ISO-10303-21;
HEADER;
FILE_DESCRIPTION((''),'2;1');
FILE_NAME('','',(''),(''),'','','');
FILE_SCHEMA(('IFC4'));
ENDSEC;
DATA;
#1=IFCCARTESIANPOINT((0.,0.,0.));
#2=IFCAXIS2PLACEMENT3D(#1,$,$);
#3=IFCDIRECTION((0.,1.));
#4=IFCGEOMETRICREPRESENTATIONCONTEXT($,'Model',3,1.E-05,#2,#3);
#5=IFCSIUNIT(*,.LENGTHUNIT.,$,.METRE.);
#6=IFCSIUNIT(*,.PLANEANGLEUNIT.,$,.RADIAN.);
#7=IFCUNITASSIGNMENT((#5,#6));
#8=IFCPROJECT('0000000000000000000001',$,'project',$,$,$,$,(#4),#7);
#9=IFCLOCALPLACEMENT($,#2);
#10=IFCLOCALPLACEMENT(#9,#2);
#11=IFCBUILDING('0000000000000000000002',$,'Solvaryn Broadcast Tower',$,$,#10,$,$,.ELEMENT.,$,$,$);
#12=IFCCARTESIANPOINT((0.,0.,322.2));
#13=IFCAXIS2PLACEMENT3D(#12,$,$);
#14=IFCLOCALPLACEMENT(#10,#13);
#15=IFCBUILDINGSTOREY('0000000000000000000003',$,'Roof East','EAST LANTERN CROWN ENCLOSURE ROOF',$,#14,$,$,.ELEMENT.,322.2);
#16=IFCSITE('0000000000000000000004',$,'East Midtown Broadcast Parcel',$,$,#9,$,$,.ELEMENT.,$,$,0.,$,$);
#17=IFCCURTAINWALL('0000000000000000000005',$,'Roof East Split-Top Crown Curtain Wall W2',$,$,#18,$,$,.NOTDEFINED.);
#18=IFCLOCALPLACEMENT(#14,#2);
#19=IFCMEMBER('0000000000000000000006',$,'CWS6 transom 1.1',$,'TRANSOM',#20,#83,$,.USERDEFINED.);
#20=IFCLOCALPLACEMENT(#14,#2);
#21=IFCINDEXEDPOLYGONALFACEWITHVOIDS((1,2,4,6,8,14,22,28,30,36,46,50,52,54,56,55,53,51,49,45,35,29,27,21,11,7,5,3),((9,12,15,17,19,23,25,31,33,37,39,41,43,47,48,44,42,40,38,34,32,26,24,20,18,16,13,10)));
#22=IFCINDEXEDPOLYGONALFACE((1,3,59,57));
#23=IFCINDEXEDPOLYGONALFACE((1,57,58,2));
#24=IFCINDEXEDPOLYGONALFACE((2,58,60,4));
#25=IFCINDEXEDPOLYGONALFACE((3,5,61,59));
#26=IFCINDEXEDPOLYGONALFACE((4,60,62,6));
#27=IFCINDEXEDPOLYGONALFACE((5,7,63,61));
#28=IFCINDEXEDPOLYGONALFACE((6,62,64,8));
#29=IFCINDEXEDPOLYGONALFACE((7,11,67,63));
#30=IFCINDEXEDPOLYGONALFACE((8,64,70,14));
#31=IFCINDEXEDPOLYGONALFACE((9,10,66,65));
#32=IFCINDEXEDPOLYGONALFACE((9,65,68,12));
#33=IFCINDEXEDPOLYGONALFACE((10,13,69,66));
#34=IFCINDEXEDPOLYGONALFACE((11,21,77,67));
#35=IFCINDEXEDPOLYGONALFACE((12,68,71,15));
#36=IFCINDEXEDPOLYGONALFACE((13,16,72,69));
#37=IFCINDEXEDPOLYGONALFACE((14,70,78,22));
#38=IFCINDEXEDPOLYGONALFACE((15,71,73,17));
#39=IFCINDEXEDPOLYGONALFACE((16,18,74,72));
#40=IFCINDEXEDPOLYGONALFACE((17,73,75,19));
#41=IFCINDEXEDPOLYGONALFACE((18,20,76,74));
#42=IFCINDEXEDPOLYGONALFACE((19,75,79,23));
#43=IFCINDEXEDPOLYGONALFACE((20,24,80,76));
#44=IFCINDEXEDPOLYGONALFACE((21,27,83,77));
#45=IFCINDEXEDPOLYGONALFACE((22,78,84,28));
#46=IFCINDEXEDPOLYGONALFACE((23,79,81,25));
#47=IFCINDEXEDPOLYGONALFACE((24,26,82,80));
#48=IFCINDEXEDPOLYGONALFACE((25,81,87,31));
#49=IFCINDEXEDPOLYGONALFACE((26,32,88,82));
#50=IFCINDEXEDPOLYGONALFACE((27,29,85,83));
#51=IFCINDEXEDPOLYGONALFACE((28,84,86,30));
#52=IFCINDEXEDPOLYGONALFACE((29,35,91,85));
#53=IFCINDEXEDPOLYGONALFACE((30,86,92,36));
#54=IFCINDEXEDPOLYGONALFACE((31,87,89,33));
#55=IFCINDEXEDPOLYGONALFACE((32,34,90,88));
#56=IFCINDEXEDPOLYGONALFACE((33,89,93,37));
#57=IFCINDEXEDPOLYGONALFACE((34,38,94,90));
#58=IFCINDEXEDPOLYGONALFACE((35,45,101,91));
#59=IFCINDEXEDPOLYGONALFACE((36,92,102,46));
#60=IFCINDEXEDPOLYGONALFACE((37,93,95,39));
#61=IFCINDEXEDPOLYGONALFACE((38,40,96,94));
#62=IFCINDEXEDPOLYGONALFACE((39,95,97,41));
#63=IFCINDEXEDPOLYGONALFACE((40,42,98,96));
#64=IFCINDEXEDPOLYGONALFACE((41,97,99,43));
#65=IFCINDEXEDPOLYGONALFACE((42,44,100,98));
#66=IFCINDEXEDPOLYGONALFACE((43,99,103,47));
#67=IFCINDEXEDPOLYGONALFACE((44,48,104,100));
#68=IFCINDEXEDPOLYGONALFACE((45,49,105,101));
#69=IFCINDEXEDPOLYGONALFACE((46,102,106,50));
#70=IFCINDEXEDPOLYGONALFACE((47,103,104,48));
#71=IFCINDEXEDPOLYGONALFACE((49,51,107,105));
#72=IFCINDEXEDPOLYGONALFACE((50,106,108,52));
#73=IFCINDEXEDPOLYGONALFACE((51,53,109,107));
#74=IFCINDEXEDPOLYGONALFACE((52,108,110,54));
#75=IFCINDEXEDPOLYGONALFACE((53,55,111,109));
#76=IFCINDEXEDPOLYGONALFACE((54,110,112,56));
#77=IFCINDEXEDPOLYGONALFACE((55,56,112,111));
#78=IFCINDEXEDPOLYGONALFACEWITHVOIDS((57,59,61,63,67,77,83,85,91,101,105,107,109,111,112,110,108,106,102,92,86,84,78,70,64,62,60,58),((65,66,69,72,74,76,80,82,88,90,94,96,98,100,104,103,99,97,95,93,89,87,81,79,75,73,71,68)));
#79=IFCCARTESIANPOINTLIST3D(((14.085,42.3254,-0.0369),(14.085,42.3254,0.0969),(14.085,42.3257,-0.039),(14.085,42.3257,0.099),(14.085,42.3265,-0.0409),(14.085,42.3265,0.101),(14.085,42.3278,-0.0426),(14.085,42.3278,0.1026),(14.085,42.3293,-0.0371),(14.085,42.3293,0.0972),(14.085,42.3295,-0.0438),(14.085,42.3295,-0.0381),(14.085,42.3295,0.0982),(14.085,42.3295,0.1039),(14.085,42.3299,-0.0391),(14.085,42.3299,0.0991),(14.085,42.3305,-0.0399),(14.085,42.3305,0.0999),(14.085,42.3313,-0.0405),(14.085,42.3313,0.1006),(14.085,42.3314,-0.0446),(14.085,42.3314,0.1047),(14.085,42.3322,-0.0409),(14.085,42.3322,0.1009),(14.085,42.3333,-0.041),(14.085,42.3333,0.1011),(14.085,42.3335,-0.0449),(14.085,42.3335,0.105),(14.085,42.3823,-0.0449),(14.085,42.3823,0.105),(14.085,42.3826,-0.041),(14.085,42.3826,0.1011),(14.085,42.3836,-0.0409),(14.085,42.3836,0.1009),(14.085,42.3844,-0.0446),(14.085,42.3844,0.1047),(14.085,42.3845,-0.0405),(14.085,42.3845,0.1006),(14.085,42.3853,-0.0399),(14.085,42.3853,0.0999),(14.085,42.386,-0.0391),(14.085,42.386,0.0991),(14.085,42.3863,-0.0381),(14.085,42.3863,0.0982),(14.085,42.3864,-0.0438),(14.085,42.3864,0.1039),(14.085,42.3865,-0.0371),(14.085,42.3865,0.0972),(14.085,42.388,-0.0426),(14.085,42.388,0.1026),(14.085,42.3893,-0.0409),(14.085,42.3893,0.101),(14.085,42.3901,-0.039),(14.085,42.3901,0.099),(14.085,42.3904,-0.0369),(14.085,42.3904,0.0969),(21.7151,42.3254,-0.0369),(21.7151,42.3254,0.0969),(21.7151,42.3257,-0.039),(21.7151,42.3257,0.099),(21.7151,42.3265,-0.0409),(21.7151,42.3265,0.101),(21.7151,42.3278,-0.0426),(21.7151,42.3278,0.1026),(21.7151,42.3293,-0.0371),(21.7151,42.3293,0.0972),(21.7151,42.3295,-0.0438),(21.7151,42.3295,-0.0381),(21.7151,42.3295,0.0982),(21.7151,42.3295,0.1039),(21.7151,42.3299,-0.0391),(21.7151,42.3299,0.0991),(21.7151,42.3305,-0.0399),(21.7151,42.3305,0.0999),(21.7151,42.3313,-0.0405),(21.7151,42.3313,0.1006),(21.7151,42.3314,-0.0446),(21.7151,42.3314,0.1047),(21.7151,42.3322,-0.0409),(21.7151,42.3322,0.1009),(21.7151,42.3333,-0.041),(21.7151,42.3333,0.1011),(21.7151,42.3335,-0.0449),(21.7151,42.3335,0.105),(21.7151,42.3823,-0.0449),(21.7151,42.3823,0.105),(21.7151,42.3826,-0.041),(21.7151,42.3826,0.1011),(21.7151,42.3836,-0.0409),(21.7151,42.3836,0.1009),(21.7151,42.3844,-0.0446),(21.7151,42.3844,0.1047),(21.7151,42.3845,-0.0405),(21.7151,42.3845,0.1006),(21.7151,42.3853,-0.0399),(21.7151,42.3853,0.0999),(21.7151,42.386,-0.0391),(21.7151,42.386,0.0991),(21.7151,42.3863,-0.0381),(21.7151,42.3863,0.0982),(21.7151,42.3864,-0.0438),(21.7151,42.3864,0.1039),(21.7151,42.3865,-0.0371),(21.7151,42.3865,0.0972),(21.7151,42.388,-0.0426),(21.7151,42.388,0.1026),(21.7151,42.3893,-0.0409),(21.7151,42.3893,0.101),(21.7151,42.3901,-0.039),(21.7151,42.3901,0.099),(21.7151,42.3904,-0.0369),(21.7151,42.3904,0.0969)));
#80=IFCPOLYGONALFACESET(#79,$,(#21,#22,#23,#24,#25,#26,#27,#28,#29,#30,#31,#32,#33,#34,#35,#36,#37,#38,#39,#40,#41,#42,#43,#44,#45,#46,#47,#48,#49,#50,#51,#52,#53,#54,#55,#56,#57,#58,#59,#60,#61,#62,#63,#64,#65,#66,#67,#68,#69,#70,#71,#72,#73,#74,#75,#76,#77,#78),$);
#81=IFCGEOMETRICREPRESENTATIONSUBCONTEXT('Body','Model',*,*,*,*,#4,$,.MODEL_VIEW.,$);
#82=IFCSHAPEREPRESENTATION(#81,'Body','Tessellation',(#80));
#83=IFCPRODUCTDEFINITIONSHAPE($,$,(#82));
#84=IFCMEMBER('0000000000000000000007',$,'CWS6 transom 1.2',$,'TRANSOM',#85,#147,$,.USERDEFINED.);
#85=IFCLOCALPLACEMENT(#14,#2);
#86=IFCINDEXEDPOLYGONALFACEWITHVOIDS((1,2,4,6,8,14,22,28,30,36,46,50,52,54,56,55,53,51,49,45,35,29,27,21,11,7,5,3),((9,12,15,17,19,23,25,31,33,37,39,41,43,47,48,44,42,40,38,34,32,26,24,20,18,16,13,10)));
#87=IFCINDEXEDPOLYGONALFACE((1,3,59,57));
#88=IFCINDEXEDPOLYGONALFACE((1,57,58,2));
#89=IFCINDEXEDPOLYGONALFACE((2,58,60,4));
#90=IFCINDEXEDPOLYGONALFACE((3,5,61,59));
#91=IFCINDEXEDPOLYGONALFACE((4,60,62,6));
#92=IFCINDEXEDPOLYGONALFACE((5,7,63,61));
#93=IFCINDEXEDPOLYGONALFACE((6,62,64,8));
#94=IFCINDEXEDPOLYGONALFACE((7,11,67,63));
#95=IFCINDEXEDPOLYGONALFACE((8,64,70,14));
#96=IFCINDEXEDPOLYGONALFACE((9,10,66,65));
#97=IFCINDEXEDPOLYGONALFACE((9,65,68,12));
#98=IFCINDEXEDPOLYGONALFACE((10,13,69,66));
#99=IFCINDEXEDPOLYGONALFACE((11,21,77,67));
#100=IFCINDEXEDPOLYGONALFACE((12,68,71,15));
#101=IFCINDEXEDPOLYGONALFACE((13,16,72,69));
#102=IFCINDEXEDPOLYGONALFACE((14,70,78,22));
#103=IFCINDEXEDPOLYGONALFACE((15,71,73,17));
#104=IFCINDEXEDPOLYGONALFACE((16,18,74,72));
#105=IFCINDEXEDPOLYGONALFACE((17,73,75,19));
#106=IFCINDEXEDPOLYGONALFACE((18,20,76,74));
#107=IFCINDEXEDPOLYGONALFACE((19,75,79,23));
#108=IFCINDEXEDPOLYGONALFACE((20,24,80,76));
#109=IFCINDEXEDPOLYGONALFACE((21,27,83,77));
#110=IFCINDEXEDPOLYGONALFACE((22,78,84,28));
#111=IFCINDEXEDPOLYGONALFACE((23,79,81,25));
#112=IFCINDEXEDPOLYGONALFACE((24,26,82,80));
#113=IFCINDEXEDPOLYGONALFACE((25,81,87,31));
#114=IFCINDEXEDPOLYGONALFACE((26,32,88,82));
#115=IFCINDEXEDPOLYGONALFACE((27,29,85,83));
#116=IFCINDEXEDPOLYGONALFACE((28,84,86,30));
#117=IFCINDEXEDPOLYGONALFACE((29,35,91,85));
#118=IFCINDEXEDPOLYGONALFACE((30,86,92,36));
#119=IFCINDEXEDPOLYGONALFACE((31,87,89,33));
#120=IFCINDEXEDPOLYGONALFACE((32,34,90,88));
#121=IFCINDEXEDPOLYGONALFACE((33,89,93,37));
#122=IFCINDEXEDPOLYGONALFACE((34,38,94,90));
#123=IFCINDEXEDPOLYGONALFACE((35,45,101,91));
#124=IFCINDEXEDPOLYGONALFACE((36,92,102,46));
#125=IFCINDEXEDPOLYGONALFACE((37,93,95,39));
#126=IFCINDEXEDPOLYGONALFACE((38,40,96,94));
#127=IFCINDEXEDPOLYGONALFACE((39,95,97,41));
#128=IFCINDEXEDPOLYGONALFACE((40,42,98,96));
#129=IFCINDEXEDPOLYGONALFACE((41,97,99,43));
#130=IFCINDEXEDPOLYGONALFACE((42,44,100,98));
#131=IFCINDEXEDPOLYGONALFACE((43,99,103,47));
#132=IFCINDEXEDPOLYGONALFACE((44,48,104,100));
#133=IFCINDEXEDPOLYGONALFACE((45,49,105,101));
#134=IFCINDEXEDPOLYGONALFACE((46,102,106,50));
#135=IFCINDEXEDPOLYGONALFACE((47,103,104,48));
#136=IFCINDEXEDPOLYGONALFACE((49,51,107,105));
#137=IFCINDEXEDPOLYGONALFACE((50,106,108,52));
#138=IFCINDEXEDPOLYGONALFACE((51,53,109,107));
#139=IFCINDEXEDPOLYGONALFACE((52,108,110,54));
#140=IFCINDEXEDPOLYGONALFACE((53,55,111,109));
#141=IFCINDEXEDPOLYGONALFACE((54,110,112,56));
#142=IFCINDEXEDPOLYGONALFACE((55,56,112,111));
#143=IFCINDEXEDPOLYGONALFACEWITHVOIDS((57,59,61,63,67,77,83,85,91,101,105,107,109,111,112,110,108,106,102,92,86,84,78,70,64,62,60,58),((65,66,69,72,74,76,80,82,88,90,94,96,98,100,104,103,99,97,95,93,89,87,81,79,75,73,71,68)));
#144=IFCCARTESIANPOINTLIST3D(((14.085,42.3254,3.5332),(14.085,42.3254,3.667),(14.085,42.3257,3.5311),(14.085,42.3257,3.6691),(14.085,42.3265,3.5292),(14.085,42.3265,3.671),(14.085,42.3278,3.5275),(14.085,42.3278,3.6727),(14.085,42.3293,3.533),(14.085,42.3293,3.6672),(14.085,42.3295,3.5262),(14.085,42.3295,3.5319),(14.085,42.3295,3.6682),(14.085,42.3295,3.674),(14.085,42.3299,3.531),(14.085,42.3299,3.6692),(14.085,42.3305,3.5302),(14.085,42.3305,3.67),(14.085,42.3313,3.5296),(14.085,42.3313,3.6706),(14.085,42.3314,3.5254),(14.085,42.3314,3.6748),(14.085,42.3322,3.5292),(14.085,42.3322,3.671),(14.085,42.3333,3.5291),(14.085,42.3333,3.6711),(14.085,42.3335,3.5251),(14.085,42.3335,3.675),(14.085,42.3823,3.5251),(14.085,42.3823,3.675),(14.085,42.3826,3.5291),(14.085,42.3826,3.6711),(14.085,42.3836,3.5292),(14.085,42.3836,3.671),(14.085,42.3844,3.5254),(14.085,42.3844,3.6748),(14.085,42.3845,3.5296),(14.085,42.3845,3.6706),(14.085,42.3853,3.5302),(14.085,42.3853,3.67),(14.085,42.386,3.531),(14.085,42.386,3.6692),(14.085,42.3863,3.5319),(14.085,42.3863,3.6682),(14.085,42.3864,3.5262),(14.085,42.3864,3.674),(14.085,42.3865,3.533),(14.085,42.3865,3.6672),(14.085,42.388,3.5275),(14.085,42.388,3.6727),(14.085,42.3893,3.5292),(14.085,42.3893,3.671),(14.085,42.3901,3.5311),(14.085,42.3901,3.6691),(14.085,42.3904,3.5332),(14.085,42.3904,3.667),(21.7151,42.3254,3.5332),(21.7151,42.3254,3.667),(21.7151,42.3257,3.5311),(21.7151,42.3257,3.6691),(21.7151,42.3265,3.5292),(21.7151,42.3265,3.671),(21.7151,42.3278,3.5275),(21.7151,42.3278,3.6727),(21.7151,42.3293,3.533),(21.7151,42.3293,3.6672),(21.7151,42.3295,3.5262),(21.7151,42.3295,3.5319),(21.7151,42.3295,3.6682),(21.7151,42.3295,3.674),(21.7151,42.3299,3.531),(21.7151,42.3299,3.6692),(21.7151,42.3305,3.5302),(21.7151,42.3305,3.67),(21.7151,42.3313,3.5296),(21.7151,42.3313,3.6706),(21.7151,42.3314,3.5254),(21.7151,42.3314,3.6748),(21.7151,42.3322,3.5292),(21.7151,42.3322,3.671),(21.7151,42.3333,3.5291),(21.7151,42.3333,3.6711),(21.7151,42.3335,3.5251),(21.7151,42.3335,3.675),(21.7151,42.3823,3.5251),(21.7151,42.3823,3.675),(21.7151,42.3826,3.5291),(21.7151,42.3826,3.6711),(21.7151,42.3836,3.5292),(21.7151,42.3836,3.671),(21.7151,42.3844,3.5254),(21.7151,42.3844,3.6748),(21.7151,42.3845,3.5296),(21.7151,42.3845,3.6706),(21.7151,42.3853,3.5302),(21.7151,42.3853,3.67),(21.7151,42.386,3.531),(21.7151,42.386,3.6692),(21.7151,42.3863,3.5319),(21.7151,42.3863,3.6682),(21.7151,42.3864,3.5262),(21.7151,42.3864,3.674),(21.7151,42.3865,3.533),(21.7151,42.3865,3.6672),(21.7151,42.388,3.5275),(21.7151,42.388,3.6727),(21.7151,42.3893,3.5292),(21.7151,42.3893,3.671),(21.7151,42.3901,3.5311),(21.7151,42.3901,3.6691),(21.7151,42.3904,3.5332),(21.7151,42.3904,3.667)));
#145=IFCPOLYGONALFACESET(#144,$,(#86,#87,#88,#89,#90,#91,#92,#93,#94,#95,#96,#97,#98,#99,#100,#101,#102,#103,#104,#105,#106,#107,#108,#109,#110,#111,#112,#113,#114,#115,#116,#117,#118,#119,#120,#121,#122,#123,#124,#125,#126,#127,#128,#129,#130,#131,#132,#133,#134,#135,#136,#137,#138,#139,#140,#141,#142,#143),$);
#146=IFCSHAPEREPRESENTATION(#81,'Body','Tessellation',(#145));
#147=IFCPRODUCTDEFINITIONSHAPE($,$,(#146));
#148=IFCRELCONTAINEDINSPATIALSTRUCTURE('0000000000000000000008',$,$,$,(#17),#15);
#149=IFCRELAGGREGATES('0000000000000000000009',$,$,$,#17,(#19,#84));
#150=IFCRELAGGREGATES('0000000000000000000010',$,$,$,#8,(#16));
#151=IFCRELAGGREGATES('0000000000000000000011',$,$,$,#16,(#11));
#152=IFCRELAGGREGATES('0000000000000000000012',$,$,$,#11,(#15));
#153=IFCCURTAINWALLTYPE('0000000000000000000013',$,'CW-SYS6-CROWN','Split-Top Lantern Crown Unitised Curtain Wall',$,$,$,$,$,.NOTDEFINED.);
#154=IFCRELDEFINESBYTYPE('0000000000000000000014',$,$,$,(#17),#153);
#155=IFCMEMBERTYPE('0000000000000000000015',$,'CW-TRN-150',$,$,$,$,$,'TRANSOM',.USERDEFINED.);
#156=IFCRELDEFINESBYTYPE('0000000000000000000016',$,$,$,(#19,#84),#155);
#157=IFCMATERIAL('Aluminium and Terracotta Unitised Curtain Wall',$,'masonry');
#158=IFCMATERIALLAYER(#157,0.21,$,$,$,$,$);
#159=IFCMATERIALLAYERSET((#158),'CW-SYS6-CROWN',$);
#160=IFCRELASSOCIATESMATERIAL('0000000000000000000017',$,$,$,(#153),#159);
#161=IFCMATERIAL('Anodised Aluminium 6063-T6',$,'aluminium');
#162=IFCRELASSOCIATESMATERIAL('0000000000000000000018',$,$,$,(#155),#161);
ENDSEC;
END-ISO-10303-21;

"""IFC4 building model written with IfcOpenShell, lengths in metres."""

from ifc_helpers import new_model, si_unit, direction, frame, origin, origin_2d, place, context, subcontext, project, spatial, hollow_rectangle, extrude, material, layer, layer_set, material_profile, profile_set, type_object, element, aggregate, save


model = new_model("IFC4")

# Units and contexts
model_context = context("Model", 3, precision=1e-05, world=origin(), true_north=direction((0.0, 1.0)))
body_context = subcontext(model_context, "Body", "Model", "MODEL_VIEW")
ifc_project = project(units=[si_unit("LENGTHUNIT", "METRE"), si_unit("PLANEANGLEUNIT", "RADIAN")], contexts=[model_context])

# Site, building, storey
site_placement = place(None, origin())
site = spatial("IfcSite", under=ifc_project, at=site_placement, Name="East Midtown Broadcast Parcel", CompositionType="ELEMENT", RefElevation=0.0)
building_placement = place(site_placement, origin())
building = spatial("IfcBuilding", under=site, at=building_placement, Name="Solvaryn Broadcast Tower", CompositionType="ELEMENT")
storey_placement = place(building_placement, frame((0.0, 0.0, 322.2)))
storey = spatial("IfcBuildingStorey", under=building, at=storey_placement, Name="Roof East", Description="EAST LANTERN CROWN ENCLOSURE ROOF", CompositionType="ELEMENT", Elevation=322.2)

# Shared definitions
ifc_material_1 = material(Name="Aluminium and Terracotta Unitised Curtain Wall", Category="masonry")
ifc_layer_1 = layer(ifc_material_1, 0.21)
ifc_layer_set_1 = layer_set([ifc_layer_1], Name="CW-SYS6-CROWN")
curtain_wall_type = type_object("IfcCurtainWallType", Name="CW-SYS6-CROWN", Description="Split-Top Lantern Crown Unitised Curtain Wall", PredefinedType="NOTDEFINED", material=ifc_layer_set_1)

# Curtain wall
curtain_wall_1_placement = place(storey_placement, origin())
curtain_wall_1 = element("IfcCurtainWall", 1, at=curtain_wall_1_placement, inside=storey, type_object=curtain_wall_type, Name="Roof East Split-Top Crown Curtain Wall W2", PredefinedType="NOTDEFINED")

# Members
ifc_material_2 = material(Name="Anodised Aluminium 6063-T6", Category="aluminium")
ifc_material_profile_1 = material_profile(ifc_material_2, hollow_rectangle(XDim=0.0649, YDim=0.1499, WallThickness=0.0039, InnerFilletRadius=0.0039, OuterFilletRadius=0.0081, at=origin_2d()))
ifc_profile_set_1 = profile_set([ifc_material_profile_1], Name="Anodised Aluminium 6063-T6")
member_type_1 = type_object("IfcMemberType", Name="CW-TRN-150", ElementType="TRANSOM", PredefinedType="USERDEFINED", material=ifc_profile_set_1)
member_1_placement = place(storey_placement, frame((21.7151, 42.3579, 0.03), z_axis=(-1.0, 0.0, 0.0), x_axis=(0.0, -1.0, 0.0)))
member_1 = element("IfcMember", 2, at=member_1_placement, type_object=member_type_1, Name="CWS6 transom 1.1", ObjectType="TRANSOM", PredefinedType="USERDEFINED", context=body_context, shape_type="SweptSolid", body=[
    extrude(hollow_rectangle(XDim=0.0649, YDim=0.1499, WallThickness=0.0039, InnerFilletRadius=0.0039, OuterFilletRadius=0.0081, at=origin_2d()), origin(), (0.0, 0.0, 1.0), 7.6301),
])
member_2_placement = place(storey_placement, frame((21.7151, 42.3579, 3.6001), z_axis=(-1.0, 0.0, 0.0), x_axis=(0.0, -1.0, 0.0)))
member_2 = element("IfcMember", 3, at=member_2_placement, type_object=member_type_1, Name="CWS6 transom 1.2", ObjectType="TRANSOM", PredefinedType="USERDEFINED", context=body_context, shape_type="SweptSolid", body=[
    extrude(hollow_rectangle(XDim=0.0649, YDim=0.1499, WallThickness=0.0039, InnerFilletRadius=0.0039, OuterFilletRadius=0.0081, at=origin_2d()), origin(), (0.0, 0.0, 1.0), 7.6301),
])

aggregate(curtain_wall_1, [member_1, member_2])

save(model, "model.ifc")
